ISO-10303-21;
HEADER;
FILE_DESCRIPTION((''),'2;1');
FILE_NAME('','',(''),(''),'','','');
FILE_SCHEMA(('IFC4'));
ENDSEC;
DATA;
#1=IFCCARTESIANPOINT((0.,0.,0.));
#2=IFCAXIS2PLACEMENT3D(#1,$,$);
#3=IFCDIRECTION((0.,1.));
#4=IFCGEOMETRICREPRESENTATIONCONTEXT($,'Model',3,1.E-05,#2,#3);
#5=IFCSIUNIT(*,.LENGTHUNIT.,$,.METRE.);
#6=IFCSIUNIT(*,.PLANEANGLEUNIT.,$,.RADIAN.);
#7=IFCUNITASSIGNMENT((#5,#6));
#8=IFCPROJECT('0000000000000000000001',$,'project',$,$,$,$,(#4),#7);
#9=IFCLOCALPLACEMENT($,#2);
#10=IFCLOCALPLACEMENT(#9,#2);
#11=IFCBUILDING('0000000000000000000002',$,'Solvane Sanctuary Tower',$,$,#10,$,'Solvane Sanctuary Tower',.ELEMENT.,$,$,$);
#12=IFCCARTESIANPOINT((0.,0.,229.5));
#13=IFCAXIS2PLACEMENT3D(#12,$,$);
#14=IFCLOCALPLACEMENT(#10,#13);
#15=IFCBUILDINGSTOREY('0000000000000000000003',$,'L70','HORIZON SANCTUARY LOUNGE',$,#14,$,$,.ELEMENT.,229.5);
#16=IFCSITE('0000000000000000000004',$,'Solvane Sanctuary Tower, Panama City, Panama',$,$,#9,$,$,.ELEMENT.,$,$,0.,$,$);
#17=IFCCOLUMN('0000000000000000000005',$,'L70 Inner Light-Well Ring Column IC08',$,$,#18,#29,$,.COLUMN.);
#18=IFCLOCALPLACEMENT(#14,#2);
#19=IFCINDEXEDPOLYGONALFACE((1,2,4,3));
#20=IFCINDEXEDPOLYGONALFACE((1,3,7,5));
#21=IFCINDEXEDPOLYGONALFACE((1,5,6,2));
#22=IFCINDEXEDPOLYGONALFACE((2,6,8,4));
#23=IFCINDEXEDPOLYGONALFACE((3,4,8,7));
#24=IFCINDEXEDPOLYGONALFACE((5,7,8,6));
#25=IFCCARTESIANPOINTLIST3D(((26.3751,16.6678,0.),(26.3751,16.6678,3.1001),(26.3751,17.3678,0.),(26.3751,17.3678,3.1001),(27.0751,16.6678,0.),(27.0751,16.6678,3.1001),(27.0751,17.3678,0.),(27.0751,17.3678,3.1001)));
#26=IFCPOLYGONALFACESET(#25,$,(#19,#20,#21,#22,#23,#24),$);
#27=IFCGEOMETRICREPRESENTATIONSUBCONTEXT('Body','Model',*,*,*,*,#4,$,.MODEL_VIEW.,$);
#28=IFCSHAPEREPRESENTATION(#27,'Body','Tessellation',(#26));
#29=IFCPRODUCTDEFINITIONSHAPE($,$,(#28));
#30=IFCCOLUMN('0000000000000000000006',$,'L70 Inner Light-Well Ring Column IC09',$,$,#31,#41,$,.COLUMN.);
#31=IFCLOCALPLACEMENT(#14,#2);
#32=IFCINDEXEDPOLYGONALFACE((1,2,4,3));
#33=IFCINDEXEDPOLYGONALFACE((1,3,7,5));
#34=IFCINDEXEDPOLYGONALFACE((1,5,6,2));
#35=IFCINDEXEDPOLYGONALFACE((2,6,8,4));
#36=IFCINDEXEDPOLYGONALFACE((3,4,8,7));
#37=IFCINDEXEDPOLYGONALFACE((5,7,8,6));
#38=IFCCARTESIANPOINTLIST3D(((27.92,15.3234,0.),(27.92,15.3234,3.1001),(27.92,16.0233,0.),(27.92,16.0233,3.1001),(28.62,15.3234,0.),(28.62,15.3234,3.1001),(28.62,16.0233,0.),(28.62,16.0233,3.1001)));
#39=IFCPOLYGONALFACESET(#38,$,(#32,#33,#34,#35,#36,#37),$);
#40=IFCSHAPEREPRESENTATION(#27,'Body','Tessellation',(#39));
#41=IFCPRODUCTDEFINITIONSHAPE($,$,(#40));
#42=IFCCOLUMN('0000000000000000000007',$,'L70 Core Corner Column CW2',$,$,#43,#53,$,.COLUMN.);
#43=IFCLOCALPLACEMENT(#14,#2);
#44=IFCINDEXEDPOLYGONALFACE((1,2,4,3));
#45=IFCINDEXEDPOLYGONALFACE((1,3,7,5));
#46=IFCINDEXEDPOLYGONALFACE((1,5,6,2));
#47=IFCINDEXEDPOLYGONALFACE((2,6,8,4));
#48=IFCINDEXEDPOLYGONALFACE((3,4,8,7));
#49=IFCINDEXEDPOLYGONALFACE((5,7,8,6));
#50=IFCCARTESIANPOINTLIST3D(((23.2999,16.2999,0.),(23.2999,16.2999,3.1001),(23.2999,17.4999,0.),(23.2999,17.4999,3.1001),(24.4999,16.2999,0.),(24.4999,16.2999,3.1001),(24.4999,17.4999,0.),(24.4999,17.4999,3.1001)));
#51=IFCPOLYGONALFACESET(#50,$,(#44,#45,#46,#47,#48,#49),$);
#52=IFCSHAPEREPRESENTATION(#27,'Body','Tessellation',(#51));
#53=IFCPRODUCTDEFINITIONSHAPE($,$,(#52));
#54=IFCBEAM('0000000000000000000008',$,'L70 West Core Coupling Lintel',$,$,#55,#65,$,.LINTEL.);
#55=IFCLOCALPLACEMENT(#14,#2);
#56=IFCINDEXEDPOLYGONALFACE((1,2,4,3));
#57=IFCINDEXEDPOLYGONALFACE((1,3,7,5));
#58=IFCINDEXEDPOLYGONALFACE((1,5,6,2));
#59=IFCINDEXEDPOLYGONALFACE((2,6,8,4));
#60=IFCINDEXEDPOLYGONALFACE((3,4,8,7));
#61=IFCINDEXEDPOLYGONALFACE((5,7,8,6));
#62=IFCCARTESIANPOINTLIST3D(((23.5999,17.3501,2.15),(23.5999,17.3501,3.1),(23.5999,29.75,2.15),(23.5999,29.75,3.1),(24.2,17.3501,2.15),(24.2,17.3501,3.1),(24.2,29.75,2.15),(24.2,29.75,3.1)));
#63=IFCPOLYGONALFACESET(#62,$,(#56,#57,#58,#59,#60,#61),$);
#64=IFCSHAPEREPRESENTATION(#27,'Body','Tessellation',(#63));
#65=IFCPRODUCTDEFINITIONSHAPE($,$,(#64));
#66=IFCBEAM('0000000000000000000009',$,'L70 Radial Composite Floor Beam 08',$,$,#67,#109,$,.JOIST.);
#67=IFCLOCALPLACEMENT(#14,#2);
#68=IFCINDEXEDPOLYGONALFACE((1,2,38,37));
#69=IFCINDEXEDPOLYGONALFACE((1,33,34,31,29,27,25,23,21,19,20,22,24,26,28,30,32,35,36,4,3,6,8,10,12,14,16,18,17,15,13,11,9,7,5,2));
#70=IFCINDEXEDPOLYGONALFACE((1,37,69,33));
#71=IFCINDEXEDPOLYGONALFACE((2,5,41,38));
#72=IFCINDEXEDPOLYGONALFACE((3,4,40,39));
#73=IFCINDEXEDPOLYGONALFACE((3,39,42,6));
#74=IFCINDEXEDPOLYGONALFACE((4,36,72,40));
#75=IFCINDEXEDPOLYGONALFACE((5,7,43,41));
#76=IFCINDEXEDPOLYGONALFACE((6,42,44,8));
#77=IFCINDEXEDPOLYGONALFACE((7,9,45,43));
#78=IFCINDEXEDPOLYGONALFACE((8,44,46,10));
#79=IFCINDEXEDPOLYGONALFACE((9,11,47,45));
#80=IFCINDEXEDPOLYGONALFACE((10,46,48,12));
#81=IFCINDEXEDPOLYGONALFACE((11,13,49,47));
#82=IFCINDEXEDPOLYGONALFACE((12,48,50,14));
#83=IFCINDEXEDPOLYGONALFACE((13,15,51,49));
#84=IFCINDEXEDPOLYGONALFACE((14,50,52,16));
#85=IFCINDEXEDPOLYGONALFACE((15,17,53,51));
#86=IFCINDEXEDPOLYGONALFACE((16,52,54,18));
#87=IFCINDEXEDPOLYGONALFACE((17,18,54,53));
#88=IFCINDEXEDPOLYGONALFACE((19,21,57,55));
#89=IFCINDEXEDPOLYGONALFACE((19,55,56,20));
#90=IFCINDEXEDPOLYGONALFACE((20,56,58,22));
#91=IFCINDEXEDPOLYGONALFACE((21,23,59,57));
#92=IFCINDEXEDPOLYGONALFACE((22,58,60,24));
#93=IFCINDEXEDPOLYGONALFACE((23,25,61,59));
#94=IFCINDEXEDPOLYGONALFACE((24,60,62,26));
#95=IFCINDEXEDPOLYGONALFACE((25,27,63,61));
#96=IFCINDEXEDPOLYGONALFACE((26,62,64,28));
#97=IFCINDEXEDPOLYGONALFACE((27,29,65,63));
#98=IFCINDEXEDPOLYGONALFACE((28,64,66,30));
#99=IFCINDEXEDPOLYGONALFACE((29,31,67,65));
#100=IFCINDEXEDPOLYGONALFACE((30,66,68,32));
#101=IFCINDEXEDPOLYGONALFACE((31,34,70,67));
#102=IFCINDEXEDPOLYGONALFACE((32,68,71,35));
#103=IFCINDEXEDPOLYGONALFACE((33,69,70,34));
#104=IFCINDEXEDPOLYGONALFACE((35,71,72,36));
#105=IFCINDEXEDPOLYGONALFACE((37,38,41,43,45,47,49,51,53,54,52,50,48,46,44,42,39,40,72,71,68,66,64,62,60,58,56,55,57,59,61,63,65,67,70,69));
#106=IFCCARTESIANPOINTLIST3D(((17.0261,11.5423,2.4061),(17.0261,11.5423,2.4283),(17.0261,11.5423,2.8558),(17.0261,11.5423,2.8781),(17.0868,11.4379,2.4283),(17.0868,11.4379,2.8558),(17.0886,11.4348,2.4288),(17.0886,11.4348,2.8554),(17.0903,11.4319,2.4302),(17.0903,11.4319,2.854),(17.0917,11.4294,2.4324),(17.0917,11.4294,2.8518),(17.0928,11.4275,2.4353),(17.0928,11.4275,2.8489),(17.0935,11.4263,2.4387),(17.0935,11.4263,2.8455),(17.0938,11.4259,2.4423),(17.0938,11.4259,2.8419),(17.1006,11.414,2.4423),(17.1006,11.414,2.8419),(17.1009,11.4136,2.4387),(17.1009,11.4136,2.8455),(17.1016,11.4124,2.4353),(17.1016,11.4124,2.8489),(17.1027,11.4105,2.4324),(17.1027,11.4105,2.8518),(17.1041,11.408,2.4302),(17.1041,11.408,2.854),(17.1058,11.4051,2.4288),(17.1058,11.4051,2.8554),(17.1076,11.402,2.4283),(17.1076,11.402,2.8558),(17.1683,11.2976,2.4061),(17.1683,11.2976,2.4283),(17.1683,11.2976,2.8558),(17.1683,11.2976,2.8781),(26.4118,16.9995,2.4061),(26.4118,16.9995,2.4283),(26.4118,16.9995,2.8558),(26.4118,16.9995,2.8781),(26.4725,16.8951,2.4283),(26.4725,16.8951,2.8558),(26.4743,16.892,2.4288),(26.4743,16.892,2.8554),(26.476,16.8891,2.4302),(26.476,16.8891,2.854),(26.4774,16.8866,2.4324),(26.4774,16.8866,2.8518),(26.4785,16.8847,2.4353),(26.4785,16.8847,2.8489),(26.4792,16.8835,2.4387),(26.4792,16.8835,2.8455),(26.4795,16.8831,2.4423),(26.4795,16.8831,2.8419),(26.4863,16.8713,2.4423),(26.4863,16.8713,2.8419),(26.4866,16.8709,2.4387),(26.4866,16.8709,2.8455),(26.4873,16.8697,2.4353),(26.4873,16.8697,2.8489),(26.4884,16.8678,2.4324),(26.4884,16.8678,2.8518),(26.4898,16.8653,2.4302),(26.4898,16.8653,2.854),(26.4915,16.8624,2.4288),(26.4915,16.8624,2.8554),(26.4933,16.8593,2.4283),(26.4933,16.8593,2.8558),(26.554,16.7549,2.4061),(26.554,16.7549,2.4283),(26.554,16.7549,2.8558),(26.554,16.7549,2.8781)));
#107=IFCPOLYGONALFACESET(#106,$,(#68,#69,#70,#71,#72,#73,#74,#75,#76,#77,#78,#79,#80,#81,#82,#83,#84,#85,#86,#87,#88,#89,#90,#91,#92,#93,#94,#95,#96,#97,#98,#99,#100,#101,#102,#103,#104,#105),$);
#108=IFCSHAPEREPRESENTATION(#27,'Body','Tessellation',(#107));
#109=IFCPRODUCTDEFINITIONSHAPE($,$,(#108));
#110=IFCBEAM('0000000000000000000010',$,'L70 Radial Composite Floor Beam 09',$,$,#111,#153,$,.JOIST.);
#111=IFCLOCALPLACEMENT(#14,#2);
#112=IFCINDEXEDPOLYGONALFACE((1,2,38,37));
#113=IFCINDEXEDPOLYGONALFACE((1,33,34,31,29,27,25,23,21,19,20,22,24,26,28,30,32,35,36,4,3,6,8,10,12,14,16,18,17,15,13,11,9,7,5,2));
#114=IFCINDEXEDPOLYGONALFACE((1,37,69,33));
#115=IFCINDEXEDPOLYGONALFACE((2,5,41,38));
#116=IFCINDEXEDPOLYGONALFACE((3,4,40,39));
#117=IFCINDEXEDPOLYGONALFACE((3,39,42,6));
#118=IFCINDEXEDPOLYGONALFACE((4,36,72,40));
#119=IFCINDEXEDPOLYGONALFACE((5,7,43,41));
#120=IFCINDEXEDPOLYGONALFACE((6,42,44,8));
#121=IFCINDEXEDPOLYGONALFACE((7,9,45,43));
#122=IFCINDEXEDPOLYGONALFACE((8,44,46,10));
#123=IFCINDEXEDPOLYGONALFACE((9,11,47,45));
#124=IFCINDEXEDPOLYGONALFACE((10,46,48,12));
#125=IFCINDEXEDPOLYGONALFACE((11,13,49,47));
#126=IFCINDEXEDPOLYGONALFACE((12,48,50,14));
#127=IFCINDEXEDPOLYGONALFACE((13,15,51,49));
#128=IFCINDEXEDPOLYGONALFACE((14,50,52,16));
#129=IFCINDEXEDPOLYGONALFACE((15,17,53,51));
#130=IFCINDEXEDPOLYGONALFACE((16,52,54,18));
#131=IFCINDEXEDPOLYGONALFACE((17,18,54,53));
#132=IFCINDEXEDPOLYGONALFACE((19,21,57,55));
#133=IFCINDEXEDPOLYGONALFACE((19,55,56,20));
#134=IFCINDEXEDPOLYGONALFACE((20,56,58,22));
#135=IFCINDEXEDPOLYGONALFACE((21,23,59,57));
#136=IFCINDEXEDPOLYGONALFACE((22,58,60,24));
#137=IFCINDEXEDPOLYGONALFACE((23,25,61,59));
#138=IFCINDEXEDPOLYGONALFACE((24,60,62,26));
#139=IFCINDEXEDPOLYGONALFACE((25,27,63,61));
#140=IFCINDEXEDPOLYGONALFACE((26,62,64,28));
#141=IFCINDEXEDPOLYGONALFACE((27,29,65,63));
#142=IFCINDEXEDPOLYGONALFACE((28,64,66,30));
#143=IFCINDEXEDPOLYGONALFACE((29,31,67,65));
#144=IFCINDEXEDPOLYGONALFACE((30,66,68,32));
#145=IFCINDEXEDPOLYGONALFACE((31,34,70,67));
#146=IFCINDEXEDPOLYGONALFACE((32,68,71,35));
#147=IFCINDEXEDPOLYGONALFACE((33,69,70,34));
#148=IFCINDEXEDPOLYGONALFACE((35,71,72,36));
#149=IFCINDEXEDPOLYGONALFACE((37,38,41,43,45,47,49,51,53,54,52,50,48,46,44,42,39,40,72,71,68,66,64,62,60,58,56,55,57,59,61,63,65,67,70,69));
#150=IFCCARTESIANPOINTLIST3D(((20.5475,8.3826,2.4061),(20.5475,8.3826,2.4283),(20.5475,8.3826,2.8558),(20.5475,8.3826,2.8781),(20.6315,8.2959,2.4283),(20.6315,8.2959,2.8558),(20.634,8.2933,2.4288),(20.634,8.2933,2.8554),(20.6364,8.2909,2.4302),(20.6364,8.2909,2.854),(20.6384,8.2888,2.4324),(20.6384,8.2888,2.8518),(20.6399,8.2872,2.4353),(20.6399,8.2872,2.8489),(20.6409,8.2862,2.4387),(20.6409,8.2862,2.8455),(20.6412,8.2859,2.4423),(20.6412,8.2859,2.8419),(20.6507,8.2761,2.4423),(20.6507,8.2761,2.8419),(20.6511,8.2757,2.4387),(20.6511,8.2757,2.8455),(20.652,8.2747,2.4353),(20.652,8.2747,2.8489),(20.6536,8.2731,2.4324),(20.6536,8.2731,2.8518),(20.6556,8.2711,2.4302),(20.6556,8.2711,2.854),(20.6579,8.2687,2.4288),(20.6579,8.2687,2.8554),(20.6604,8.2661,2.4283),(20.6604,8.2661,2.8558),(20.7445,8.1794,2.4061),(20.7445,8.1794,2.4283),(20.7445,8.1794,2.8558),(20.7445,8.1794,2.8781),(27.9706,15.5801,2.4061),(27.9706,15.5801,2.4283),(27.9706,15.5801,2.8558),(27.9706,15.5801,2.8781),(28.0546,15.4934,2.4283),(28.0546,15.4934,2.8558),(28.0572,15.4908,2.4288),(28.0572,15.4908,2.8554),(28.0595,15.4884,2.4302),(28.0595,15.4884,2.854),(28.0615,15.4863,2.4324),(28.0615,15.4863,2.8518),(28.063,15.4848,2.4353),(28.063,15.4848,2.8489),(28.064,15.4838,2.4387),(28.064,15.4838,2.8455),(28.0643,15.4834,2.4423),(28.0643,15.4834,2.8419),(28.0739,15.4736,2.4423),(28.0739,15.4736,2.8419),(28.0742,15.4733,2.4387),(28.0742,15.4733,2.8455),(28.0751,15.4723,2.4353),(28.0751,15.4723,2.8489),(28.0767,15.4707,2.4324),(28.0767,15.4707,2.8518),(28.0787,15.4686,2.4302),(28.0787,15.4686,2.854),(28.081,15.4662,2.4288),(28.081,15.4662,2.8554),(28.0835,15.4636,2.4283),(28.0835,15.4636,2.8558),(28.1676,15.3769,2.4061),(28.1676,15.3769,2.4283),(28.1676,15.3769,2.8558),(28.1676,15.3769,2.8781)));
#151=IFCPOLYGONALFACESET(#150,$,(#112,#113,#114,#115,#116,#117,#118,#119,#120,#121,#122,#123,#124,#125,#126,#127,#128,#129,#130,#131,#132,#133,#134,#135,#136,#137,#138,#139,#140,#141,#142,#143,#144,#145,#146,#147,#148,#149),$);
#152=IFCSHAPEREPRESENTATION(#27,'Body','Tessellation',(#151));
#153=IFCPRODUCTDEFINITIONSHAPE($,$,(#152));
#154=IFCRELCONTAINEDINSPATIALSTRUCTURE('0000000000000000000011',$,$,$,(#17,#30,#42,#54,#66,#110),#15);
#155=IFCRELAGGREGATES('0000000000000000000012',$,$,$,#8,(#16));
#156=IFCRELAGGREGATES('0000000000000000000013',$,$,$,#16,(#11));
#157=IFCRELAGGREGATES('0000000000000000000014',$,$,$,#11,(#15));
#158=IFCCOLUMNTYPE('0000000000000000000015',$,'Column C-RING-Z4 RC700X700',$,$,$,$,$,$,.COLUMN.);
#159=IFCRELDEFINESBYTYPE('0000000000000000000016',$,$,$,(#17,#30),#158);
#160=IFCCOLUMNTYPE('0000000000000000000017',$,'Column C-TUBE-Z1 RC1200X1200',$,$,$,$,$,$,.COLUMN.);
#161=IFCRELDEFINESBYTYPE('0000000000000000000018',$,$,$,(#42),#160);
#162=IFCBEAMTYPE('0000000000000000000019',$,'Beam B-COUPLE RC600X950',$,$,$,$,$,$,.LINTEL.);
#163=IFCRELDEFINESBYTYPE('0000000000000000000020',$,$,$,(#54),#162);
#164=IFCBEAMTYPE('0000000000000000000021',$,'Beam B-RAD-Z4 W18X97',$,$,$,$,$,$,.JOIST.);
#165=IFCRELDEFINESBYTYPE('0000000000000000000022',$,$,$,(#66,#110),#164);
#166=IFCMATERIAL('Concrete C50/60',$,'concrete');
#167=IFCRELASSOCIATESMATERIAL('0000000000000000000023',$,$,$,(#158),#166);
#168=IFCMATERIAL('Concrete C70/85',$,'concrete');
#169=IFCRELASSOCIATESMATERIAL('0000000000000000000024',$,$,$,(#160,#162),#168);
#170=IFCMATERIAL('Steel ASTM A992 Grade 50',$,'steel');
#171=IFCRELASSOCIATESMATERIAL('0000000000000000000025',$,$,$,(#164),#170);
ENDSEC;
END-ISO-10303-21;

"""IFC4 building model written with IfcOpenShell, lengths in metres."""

from ifc_helpers import new_model, si_unit, direction, frame, origin, origin_2d, place, context, subcontext, project, spatial, rectangle, i_section, extrude, material, material_profile, profile_set, type_object, element, save


model = new_model("IFC4")

# Units and contexts
model_context = context("Model", 3, precision=1e-05, world=origin(), true_north=direction((0.0, 1.0)))
body_context = subcontext(model_context, "Body", "Model", "MODEL_VIEW")
ifc_project = project(units=[si_unit("LENGTHUNIT", "METRE"), si_unit("PLANEANGLEUNIT", "RADIAN")], contexts=[model_context])

# Site, building, storey
site_placement = place(None, origin())
site = spatial("IfcSite", under=ifc_project, at=site_placement, Name="Solvane Sanctuary Tower, Panama City, Panama", CompositionType="ELEMENT", RefElevation=0.0)
building_placement = place(site_placement, origin())
building = spatial("IfcBuilding", under=site, at=building_placement, Name="Solvane Sanctuary Tower", LongName="Solvane Sanctuary Tower", CompositionType="ELEMENT")
storey_placement = place(building_placement, frame((0.0, 0.0, 229.5)))
storey = spatial("IfcBuildingStorey", under=building, at=storey_placement, Name="L70", Description="HORIZON SANCTUARY LOUNGE", CompositionType="ELEMENT", Elevation=229.5)

# Columns
ifc_material_1 = material(Name="Concrete C50/60", Category="concrete")
ifc_material_profile_1 = material_profile(ifc_material_1, rectangle(XDim=0.7, YDim=0.7, at=origin_2d()), Name="RC700X700")
ifc_profile_set_1 = profile_set([ifc_material_profile_1], Name="Concrete C50/60")
column_type_1 = type_object("IfcColumnType", Name="Column C-RING-Z4 RC700X700", PredefinedType="COLUMN", material=ifc_profile_set_1)
for number, where, z_axis, x_axis, name in (
    (1, (26.7251, 17.0178, 0.0), (0.0, 0.0, 1.0), (1.0, 0.0, 0.0), "L70 Inner Light-Well Ring Column IC08"),
    (2, (28.27, 15.6733, 0.0), (0.0, 0.0, 1.0), (1.0, 0.0, 0.0), "L70 Inner Light-Well Ring Column IC09"),
):
    element("IfcColumn", number, at=place(storey_placement, frame(where, z_axis=z_axis, x_axis=x_axis)), inside=storey, type_object=column_type_1, Name=name, PredefinedType="COLUMN", context=body_context, shape_type="SweptSolid", body=[
        extrude(rectangle(XDim=0.7, YDim=0.7, at=origin_2d()), origin(), (0.0, 0.0, 1.0), 3.1001),
    ])
ifc_material_2 = material(Name="Concrete C70/85", Category="concrete")
ifc_material_profile_2 = material_profile(ifc_material_2, rectangle(XDim=1.2, YDim=1.2, at=origin_2d()), Name="RC1200X1200")
ifc_profile_set_2 = profile_set([ifc_material_profile_2], Name="Concrete C70/85")
column_type_2 = type_object("IfcColumnType", Name="Column C-TUBE-Z1 RC1200X1200", PredefinedType="COLUMN", material=ifc_profile_set_2)
column_placement = place(storey_placement, frame((23.8999, 16.8999, 0.0), z_axis=(0.0, 0.0, 1.0), x_axis=(1.0, 0.0, 0.0)))
element("IfcColumn", 3, at=column_placement, inside=storey, type_object=column_type_2, Name="L70 Core Corner Column CW2", PredefinedType="COLUMN", context=body_context, shape_type="SweptSolid", body=[
    extrude(rectangle(XDim=1.2, YDim=1.2, at=origin_2d()), origin(), (0.0, 0.0, 1.0), 3.1001),
])

# Beams
ifc_material_profile_3 = material_profile(ifc_material_2, rectangle(XDim=0.6001, YDim=0.95, at=origin_2d()), Name="RC600X950")
ifc_profile_set_3 = profile_set([ifc_material_profile_3], Name="Concrete C70/85")
beam_type_1 = type_object("IfcBeamType", Name="Beam B-COUPLE RC600X950", PredefinedType="LINTEL", material=ifc_profile_set_3)
beam_1_placement = place(storey_placement, frame((23.8999, 17.3501, 2.625), z_axis=(0.0, 1.0, 0.0), x_axis=(-1.0, 0.0, 0.0)))
element("IfcBeam", 4, at=beam_1_placement, inside=storey, type_object=beam_type_1, Name="L70 West Core Coupling Lintel", PredefinedType="LINTEL", context=body_context, shape_type="SweptSolid", body=[
    extrude(rectangle(XDim=0.6001, YDim=0.95, at=origin_2d()), origin(), (0.0, 0.0, 1.0), 12.3999),
])
ifc_material_3 = material(Name="Steel ASTM A992 Grade 50", Category="steel")
ifc_material_profile_4 = material_profile(ifc_material_3, i_section(OverallWidth=0.283, OverallDepth=0.4719, WebThickness=0.0137, FlangeThickness=0.0222, FilletRadius=0.0139, at=origin_2d()), Name="W18X97")
ifc_profile_set_4 = profile_set([ifc_material_profile_4], Name="Steel ASTM A992 Grade 50")
beam_type_2 = type_object("IfcBeamType", Name="Beam B-RAD-Z4 W18X97", PredefinedType="JOIST", material=ifc_profile_set_4)
beam_2_placement = place(storey_placement, frame((26.4829, 16.8772, 2.6421), z_axis=(-0.864489, -0.502651, 0.0), x_axis=(0.502651, -0.864489, 0.0)))
element("IfcBeam", 5, at=beam_2_placement, inside=storey, type_object=beam_type_2, Name="L70 Radial Composite Floor Beam 08", PredefinedType="JOIST", context=body_context, shape_type="SweptSolid", body=[
    extrude(i_section(OverallWidth=0.283, OverallDepth=0.4719, WebThickness=0.0137, FlangeThickness=0.0222, FilletRadius=0.0139, at=origin_2d()), origin(), (0.0, 0.0, 1.0), 10.8569),
])
beam_3_placement = place(storey_placement, frame((28.0691, 15.4785, 2.6421), z_axis=(-0.717932, -0.696114, 0.0), x_axis=(0.696114, -0.717932, 0.0)))
element("IfcBeam", 6, at=beam_3_placement, inside=storey, type_object=beam_type_2, Name="L70 Radial Composite Floor Beam 09", PredefinedType="JOIST", context=body_context, shape_type="SweptSolid", body=[
    extrude(i_section(OverallWidth=0.283, OverallDepth=0.4719, WebThickness=0.0137, FlangeThickness=0.0222, FilletRadius=0.0139, at=origin_2d()), origin(), (0.0, 0.0, 1.0), 10.3396),
])

save(model, "model.ifc")
